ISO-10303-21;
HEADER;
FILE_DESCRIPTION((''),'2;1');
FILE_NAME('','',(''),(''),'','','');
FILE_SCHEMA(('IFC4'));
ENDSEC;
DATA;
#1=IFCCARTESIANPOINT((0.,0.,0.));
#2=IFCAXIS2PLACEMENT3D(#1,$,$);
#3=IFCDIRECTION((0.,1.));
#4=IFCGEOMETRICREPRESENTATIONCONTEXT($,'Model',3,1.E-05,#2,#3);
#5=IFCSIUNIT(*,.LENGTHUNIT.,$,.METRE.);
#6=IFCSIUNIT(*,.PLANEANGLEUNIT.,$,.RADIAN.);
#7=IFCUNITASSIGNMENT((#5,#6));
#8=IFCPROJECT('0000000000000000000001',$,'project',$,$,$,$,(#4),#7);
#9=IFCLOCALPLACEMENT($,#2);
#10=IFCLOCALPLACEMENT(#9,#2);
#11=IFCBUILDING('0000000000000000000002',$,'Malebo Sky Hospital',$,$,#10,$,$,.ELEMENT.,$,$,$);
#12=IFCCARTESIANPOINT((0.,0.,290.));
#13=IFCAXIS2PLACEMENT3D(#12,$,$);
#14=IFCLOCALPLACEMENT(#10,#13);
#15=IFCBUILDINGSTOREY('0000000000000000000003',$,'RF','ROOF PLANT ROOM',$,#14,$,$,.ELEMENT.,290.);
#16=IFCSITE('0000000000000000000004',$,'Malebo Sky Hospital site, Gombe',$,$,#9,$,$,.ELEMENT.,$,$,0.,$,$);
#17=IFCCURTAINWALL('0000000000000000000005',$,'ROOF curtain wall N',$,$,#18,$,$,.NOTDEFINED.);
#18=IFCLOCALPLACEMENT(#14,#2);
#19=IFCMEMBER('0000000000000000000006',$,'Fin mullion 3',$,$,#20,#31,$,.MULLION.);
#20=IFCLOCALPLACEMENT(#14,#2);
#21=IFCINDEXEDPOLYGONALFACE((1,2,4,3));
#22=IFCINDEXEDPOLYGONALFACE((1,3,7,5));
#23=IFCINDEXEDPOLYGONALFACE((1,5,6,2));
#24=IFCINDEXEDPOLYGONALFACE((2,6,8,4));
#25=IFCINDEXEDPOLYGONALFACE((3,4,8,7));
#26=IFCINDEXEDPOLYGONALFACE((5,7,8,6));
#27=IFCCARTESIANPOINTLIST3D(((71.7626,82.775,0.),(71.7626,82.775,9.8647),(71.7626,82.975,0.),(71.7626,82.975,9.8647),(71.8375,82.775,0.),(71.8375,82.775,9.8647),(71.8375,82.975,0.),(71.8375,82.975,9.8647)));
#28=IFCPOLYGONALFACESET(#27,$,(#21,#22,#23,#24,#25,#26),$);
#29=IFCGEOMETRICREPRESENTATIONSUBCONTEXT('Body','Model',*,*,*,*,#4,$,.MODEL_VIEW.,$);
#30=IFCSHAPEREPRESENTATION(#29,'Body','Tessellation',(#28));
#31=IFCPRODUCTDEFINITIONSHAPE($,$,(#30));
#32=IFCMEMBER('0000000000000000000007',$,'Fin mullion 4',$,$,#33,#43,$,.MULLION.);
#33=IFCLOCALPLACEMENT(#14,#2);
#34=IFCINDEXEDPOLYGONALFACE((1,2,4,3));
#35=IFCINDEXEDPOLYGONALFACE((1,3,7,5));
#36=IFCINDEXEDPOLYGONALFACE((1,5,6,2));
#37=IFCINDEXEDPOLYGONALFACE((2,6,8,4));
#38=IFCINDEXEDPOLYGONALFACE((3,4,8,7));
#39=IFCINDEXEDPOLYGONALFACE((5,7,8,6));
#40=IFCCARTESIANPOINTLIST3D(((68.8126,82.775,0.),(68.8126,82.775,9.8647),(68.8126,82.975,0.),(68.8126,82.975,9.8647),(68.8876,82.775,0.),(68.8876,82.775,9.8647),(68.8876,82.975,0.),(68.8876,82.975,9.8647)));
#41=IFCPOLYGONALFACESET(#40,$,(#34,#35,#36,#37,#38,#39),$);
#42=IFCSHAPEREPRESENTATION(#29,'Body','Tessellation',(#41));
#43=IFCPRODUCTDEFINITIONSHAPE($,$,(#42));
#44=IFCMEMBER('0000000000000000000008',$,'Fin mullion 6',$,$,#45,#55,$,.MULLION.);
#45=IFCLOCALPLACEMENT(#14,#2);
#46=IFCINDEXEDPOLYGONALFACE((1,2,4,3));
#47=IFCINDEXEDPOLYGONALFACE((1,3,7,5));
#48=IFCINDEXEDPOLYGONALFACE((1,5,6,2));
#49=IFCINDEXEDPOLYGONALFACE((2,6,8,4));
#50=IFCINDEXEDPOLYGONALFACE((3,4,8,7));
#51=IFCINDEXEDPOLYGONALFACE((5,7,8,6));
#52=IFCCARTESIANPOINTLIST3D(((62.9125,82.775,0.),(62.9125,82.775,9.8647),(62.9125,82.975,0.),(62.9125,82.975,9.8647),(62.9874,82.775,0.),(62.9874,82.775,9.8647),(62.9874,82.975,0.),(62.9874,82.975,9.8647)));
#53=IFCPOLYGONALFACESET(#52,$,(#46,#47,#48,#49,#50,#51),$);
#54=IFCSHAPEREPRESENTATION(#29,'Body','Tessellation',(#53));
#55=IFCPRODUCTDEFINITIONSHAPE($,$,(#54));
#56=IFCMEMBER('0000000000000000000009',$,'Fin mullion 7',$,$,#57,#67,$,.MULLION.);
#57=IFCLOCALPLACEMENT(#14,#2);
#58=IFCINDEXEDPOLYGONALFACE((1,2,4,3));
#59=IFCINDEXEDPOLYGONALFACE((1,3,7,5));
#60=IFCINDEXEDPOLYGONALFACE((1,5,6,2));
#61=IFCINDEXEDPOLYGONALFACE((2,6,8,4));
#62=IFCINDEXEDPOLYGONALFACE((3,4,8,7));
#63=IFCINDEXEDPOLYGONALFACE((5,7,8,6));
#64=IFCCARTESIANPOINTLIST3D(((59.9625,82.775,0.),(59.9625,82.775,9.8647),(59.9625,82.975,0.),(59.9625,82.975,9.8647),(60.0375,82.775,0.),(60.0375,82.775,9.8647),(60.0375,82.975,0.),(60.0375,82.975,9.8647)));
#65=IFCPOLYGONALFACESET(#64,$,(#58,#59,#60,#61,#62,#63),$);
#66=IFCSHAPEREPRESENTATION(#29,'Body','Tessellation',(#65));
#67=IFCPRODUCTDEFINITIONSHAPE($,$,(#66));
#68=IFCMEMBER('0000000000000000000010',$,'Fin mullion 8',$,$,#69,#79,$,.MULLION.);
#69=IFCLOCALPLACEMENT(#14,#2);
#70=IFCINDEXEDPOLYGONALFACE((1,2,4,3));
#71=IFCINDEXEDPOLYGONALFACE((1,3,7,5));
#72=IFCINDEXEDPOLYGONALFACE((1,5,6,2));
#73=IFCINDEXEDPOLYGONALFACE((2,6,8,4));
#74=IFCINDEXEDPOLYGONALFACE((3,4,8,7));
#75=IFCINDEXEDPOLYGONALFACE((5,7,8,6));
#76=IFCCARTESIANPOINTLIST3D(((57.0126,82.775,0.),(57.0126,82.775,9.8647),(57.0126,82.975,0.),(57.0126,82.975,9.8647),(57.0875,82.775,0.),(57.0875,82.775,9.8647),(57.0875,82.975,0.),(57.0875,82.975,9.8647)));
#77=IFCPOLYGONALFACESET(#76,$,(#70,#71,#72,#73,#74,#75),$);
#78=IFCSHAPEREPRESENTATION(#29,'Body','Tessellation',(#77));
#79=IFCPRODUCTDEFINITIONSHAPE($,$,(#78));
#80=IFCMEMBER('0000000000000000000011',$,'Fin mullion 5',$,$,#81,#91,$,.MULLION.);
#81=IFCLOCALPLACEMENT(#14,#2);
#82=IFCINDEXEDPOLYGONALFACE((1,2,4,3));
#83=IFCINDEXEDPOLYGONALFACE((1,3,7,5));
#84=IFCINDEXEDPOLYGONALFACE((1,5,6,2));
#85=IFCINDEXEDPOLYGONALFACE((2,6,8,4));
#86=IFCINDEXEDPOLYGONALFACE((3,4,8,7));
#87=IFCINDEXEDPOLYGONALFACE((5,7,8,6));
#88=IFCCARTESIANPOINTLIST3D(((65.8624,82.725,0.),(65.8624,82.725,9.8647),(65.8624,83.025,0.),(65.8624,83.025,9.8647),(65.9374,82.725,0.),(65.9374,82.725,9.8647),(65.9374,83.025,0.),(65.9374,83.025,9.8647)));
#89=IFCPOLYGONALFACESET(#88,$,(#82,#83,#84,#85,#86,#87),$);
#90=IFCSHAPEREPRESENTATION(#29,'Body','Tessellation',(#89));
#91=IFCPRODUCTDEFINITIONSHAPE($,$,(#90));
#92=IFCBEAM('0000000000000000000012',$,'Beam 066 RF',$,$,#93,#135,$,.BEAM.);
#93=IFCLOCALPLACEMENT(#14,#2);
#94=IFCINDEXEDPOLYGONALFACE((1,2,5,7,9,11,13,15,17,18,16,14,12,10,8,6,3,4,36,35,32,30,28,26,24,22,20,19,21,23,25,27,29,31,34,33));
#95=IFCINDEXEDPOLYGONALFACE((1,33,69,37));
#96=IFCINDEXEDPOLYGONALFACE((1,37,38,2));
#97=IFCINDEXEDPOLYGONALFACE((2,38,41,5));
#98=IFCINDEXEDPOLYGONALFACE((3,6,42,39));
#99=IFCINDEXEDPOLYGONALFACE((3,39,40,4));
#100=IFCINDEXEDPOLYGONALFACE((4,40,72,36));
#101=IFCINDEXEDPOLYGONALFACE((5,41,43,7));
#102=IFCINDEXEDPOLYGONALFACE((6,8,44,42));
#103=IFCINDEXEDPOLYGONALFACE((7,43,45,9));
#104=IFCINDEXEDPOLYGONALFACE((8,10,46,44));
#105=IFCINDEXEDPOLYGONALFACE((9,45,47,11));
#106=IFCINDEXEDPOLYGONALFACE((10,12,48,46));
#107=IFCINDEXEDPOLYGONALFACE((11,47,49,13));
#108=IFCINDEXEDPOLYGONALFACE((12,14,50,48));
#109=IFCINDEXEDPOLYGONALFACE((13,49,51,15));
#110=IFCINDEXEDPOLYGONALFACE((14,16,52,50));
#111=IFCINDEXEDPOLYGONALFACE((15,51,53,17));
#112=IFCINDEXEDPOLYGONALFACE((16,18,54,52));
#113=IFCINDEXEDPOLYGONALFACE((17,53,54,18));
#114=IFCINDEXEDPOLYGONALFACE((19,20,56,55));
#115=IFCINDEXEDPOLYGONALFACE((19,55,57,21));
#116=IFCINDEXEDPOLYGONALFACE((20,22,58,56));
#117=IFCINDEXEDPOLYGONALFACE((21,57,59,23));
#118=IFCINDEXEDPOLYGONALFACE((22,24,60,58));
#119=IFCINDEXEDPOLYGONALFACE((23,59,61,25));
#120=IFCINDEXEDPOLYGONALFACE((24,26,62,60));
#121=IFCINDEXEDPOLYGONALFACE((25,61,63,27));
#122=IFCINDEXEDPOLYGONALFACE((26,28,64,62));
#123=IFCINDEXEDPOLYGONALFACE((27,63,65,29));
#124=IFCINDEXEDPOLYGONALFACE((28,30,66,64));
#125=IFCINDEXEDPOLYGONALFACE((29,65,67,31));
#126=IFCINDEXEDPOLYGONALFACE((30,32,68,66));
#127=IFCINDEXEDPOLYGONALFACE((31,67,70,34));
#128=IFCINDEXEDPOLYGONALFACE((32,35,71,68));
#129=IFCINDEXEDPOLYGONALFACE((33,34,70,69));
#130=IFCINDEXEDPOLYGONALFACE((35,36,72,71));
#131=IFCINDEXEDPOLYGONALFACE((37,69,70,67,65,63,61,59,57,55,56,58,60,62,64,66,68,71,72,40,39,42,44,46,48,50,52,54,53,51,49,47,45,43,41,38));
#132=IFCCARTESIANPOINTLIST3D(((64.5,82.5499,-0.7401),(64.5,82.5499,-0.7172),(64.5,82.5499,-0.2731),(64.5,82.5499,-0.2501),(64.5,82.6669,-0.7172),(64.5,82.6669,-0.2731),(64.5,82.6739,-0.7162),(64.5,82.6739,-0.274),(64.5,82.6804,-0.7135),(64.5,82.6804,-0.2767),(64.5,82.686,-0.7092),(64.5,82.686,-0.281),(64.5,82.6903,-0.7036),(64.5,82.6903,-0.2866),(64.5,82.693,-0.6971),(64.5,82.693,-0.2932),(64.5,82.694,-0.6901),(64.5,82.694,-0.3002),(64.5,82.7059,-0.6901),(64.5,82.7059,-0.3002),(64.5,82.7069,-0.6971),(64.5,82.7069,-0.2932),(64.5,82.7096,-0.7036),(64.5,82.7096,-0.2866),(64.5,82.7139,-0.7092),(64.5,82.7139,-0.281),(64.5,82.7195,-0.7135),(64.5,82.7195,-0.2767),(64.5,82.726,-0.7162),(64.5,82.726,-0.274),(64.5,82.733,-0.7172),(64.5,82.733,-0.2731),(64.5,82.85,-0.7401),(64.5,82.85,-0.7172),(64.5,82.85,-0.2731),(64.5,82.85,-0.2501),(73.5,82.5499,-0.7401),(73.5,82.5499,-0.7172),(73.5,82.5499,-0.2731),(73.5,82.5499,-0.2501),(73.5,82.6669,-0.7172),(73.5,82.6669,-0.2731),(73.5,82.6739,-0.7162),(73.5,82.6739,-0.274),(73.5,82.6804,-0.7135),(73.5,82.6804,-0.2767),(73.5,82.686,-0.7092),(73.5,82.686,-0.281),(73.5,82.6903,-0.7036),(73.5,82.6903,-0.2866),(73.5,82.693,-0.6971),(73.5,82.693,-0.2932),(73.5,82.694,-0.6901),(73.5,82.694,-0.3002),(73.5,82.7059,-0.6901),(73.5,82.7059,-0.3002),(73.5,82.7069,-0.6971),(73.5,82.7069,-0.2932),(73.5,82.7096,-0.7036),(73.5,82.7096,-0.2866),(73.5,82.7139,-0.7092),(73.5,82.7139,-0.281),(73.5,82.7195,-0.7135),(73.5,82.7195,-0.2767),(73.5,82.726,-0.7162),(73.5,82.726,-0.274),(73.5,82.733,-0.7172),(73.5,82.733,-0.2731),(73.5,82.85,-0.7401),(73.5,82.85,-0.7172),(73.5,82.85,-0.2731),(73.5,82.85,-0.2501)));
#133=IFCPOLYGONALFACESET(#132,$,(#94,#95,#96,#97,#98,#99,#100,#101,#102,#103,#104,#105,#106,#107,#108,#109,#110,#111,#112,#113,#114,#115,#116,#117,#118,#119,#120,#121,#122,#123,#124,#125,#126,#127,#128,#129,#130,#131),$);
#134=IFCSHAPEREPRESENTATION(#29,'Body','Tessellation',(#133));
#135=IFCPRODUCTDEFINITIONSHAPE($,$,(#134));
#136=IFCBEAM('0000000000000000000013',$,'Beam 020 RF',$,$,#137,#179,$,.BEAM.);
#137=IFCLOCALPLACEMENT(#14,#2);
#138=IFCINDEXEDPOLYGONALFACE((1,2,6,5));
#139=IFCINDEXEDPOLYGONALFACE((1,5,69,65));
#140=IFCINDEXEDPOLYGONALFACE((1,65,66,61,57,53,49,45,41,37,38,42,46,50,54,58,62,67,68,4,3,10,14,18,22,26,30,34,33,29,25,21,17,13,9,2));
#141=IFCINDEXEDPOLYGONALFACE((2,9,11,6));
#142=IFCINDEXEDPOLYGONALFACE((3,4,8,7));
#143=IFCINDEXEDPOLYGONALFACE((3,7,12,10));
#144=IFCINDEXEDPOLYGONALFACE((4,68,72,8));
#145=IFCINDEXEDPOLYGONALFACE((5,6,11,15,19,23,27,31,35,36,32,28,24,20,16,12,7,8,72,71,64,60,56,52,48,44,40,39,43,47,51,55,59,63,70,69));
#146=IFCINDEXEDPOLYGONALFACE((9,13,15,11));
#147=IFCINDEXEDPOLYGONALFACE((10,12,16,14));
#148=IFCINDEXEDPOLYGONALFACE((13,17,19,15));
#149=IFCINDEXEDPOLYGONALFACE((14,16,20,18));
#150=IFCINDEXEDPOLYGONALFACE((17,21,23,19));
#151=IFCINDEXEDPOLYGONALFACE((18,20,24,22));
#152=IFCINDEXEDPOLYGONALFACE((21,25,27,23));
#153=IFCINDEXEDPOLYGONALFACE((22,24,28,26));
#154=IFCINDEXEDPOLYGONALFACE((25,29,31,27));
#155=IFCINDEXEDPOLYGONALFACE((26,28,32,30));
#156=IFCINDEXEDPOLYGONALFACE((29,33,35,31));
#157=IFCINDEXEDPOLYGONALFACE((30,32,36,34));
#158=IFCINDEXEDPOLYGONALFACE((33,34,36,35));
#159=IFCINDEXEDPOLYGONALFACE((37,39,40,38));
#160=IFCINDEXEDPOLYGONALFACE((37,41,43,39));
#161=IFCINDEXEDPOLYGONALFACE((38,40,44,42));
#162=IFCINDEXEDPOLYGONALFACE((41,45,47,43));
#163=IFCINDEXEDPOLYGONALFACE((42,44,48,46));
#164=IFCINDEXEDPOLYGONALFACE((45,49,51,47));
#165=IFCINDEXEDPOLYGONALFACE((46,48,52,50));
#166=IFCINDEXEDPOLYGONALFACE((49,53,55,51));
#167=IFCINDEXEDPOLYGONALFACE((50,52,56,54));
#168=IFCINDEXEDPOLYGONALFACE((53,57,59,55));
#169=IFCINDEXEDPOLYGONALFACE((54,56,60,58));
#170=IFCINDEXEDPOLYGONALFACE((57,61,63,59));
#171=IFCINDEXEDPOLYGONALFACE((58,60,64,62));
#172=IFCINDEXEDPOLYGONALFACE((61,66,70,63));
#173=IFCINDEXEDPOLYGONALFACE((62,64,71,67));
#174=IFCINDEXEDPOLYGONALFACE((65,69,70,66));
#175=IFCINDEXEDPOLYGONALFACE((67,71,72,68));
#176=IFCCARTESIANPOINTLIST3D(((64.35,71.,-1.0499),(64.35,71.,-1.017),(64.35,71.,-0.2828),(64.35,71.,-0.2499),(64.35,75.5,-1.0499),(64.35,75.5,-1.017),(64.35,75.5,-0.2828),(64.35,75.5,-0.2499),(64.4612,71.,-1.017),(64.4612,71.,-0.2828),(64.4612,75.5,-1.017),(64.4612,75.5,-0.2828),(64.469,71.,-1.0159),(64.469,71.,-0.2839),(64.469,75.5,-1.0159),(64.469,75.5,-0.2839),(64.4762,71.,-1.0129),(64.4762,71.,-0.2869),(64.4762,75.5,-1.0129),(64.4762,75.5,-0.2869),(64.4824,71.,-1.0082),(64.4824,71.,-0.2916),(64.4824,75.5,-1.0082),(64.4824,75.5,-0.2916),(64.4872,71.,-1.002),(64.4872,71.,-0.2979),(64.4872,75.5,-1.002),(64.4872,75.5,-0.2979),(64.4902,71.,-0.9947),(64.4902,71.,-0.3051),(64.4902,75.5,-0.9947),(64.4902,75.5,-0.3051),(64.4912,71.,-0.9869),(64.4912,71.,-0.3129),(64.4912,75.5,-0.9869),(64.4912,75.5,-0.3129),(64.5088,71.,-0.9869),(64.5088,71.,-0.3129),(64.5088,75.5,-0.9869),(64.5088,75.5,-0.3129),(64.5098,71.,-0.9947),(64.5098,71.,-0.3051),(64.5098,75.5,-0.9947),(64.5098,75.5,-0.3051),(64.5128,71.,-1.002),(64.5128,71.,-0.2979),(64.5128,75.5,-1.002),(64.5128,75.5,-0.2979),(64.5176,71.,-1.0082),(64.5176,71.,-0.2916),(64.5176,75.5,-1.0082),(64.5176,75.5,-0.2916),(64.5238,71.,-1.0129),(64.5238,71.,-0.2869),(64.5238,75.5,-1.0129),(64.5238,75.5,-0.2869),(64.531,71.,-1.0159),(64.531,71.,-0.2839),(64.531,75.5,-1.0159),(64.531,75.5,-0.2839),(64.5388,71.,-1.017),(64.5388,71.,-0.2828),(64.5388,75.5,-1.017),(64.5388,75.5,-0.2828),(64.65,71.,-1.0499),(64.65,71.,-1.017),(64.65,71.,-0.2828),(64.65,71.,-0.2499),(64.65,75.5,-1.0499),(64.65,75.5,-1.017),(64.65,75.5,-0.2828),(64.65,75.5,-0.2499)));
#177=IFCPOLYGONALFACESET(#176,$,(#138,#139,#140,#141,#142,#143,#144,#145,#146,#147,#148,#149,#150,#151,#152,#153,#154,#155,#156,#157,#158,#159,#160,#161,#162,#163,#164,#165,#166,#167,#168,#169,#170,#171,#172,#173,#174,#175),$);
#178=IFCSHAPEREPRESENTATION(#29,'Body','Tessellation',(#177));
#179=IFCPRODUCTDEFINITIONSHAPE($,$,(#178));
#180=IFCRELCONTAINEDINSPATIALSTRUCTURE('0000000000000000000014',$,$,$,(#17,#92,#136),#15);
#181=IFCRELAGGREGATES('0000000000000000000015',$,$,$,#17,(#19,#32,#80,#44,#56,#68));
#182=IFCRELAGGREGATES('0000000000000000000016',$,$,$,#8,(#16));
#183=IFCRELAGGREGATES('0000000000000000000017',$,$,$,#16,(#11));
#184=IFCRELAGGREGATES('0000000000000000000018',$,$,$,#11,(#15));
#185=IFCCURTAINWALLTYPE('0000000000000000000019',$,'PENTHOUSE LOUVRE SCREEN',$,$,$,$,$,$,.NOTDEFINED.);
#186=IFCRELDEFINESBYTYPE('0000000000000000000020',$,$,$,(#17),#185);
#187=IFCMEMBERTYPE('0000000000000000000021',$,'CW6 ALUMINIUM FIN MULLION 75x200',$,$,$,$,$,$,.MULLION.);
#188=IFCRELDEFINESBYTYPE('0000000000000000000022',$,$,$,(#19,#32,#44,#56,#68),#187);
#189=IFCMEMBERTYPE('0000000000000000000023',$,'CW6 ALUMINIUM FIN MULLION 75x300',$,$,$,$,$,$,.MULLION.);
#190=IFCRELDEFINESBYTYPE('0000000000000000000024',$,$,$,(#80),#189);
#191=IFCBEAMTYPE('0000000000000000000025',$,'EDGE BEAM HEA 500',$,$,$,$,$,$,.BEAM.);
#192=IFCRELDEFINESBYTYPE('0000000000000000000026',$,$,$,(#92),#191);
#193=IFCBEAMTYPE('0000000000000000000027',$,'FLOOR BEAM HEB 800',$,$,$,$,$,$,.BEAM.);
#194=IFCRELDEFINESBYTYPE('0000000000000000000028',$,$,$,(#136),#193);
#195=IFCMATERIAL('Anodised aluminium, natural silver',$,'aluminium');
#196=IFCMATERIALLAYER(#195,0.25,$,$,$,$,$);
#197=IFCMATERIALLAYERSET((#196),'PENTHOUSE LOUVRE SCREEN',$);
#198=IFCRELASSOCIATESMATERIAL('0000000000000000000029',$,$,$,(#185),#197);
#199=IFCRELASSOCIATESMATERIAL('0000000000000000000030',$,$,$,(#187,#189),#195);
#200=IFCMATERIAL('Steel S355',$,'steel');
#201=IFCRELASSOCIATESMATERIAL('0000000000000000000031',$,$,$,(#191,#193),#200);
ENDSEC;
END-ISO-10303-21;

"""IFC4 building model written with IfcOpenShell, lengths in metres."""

from ifc_helpers import new_model, si_unit, direction, frame, origin, origin_2d, place, context, subcontext, project, spatial, rectangle, i_section, extrude, material, layer, layer_set, material_profile, profile_set, type_object, element, aggregate, save


model = new_model("IFC4")

# Units and contexts
model_context = context("Model", 3, precision=1e-05, world=origin(), true_north=direction((0.0, 1.0)))
body_context = subcontext(model_context, "Body", "Model", "MODEL_VIEW")
ifc_project = project(units=[si_unit("LENGTHUNIT", "METRE"), si_unit("PLANEANGLEUNIT", "RADIAN")], contexts=[model_context])

# Site, building, storey
site_placement = place(None, origin())
site = spatial("IfcSite", under=ifc_project, at=site_placement, Name="Malebo Sky Hospital site, Gombe", CompositionType="ELEMENT", RefElevation=0.0)
building_placement = place(site_placement, origin())
building = spatial("IfcBuilding", under=site, at=building_placement, Name="Malebo Sky Hospital", CompositionType="ELEMENT")
storey_placement = place(building_placement, frame((0.0, 0.0, 290.0)))
storey = spatial("IfcBuildingStorey", under=building, at=storey_placement, Name="RF", Description="ROOF PLANT ROOM", CompositionType="ELEMENT", Elevation=290.0)

# Shared definitions
ifc_material_1 = material(Name="Steel S355", Category="steel")

# Curtain wall
ifc_material_2 = material(Name="Anodised aluminium, natural silver", Category="aluminium")
ifc_layer_1 = layer(ifc_material_2, 0.25)
ifc_layer_set_1 = layer_set([ifc_layer_1], Name="PENTHOUSE LOUVRE SCREEN")
curtain_wall_type = type_object("IfcCurtainWallType", Name="PENTHOUSE LOUVRE SCREEN", PredefinedType="NOTDEFINED", material=ifc_layer_set_1)
curtain_wall_placement = place(storey_placement, origin())
curtain_wall = element("IfcCurtainWall", 1, at=curtain_wall_placement, inside=storey, type_object=curtain_wall_type, Name="ROOF curtain wall N", PredefinedType="NOTDEFINED")

# Members
ifc_material_profile_1 = material_profile(ifc_material_2, rectangle(XDim=0.075, YDim=0.2, at=origin_2d()), Name="CW6 ALUMINIUM FIN MULLION 75x200")
ifc_profile_set_1 = profile_set([ifc_material_profile_1], Name="Anodised aluminium, natural silver")
member_type_1 = type_object("IfcMemberType", Name="CW6 ALUMINIUM FIN MULLION 75x200", PredefinedType="MULLION", material=ifc_profile_set_1)
member_1_placement = place(storey_placement, frame((71.8, 82.875, 0.0), z_axis=(0.0, 0.0, 1.0), x_axis=(-1.0, 0.0, 0.0)))
member_1 = element("IfcMember", 2, at=member_1_placement, type_object=member_type_1, Name="Fin mullion 3", PredefinedType="MULLION", context=body_context, shape_type="SweptSolid", body=[
    extrude(rectangle(XDim=0.075, YDim=0.2, at=origin_2d()), origin(), (0.0, 0.0, 1.0), 9.8647),
])
member_2_placement = place(storey_placement, frame((68.8501, 82.875, 0.0), z_axis=(0.0, 0.0, 1.0), x_axis=(-1.0, 0.0, 0.0)))
member_2 = element("IfcMember", 3, at=member_2_placement, type_object=member_type_1, Name="Fin mullion 4", PredefinedType="MULLION", context=body_context, shape_type="SweptSolid", body=[
    extrude(rectangle(XDim=0.075, YDim=0.2, at=origin_2d()), origin(), (0.0, 0.0, 1.0), 9.8647),
])
member_3_placement = place(storey_placement, frame((62.95, 82.875, 0.0), z_axis=(0.0, 0.0, 1.0), x_axis=(-1.0, 0.0, 0.0)))
member_3 = element("IfcMember", 4, at=member_3_placement, type_object=member_type_1, Name="Fin mullion 6", PredefinedType="MULLION", context=body_context, shape_type="SweptSolid", body=[
    extrude(rectangle(XDim=0.075, YDim=0.2, at=origin_2d()), origin(), (0.0, 0.0, 1.0), 9.8647),
])
member_4_placement = place(storey_placement, frame((60.0, 82.875, 0.0), z_axis=(0.0, 0.0, 1.0), x_axis=(-1.0, 0.0, 0.0)))
member_4 = element("IfcMember", 5, at=member_4_placement, type_object=member_type_1, Name="Fin mullion 7", PredefinedType="MULLION", context=body_context, shape_type="SweptSolid", body=[
    extrude(rectangle(XDim=0.075, YDim=0.2, at=origin_2d()), origin(), (0.0, 0.0, 1.0), 9.8647),
])
member_5_placement = place(storey_placement, frame((57.05, 82.875, 0.0), z_axis=(0.0, 0.0, 1.0), x_axis=(-1.0, 0.0, 0.0)))
member_5 = element("IfcMember", 6, at=member_5_placement, type_object=member_type_1, Name="Fin mullion 8", PredefinedType="MULLION", context=body_context, shape_type="SweptSolid", body=[
    extrude(rectangle(XDim=0.075, YDim=0.2, at=origin_2d()), origin(), (0.0, 0.0, 1.0), 9.8647),
])
ifc_material_profile_2 = material_profile(ifc_material_2, rectangle(XDim=0.075, YDim=0.3, at=origin_2d()), Name="CW6 ALUMINIUM FIN MULLION 75x300")
ifc_profile_set_2 = profile_set([ifc_material_profile_2], Name="Anodised aluminium, natural silver")
member_type_2 = type_object("IfcMemberType", Name="CW6 ALUMINIUM FIN MULLION 75x300", PredefinedType="MULLION", material=ifc_profile_set_2)
member_6_placement = place(storey_placement, frame((65.8999, 82.875, 0.0), z_axis=(0.0, 0.0, 1.0), x_axis=(-1.0, 0.0, 0.0)))
member_6 = element("IfcMember", 7, at=member_6_placement, type_object=member_type_2, Name="Fin mullion 5", PredefinedType="MULLION", context=body_context, shape_type="SweptSolid", body=[
    extrude(rectangle(XDim=0.075, YDim=0.3, at=origin_2d()), origin(), (0.0, 0.0, 1.0), 9.8647),
])

# Beams
ifc_material_profile_3 = material_profile(ifc_material_1, i_section(OverallWidth=0.3, OverallDepth=0.49, WebThickness=0.012, FlangeThickness=0.0229, FilletRadius=0.0271, at=origin_2d()), Name="HEA 500")
ifc_profile_set_3 = profile_set([ifc_material_profile_3], Name="Steel S355")
beam_type_1 = type_object("IfcBeamType", Name="EDGE BEAM HEA 500", PredefinedType="BEAM", material=ifc_profile_set_3)
beam_1_placement = place(storey_placement, frame((64.5, 82.7, -0.4951), z_axis=(1.0, 0.0, 0.0), x_axis=(0.0, 1.0, 0.0)))
element("IfcBeam", 8, at=beam_1_placement, inside=storey, type_object=beam_type_1, Name="Beam 066 RF", PredefinedType="BEAM", context=body_context, shape_type="SweptSolid", body=[
    extrude(i_section(OverallWidth=0.3, OverallDepth=0.49, WebThickness=0.012, FlangeThickness=0.0229, FilletRadius=0.0271, at=origin_2d()), origin(), (0.0, 0.0, 1.0), 9.0),
])
ifc_material_profile_4 = material_profile(ifc_material_1, i_section(OverallWidth=0.3, OverallDepth=0.8, WebThickness=0.0176, FlangeThickness=0.033, FilletRadius=0.03, at=origin_2d()), Name="HEB 800")
ifc_profile_set_4 = profile_set([ifc_material_profile_4], Name="Steel S355")
beam_type_2 = type_object("IfcBeamType", Name="FLOOR BEAM HEB 800", PredefinedType="BEAM", material=ifc_profile_set_4)
beam_2_placement = place(storey_placement, frame((64.5, 71.0, -0.6499), z_axis=(0.0, 1.0, 0.0), x_axis=(-1.0, 0.0, 0.0)))
element("IfcBeam", 9, at=beam_2_placement, inside=storey, type_object=beam_type_2, Name="Beam 020 RF", PredefinedType="BEAM", context=body_context, shape_type="SweptSolid", body=[
    extrude(i_section(OverallWidth=0.3, OverallDepth=0.8, WebThickness=0.0176, FlangeThickness=0.033, FilletRadius=0.03, at=origin_2d()), origin(), (0.0, 0.0, 1.0), 4.5),
])

aggregate(curtain_wall, [member_1, member_2, member_6, member_3, member_4, member_5])

save(model, "model.ifc")
